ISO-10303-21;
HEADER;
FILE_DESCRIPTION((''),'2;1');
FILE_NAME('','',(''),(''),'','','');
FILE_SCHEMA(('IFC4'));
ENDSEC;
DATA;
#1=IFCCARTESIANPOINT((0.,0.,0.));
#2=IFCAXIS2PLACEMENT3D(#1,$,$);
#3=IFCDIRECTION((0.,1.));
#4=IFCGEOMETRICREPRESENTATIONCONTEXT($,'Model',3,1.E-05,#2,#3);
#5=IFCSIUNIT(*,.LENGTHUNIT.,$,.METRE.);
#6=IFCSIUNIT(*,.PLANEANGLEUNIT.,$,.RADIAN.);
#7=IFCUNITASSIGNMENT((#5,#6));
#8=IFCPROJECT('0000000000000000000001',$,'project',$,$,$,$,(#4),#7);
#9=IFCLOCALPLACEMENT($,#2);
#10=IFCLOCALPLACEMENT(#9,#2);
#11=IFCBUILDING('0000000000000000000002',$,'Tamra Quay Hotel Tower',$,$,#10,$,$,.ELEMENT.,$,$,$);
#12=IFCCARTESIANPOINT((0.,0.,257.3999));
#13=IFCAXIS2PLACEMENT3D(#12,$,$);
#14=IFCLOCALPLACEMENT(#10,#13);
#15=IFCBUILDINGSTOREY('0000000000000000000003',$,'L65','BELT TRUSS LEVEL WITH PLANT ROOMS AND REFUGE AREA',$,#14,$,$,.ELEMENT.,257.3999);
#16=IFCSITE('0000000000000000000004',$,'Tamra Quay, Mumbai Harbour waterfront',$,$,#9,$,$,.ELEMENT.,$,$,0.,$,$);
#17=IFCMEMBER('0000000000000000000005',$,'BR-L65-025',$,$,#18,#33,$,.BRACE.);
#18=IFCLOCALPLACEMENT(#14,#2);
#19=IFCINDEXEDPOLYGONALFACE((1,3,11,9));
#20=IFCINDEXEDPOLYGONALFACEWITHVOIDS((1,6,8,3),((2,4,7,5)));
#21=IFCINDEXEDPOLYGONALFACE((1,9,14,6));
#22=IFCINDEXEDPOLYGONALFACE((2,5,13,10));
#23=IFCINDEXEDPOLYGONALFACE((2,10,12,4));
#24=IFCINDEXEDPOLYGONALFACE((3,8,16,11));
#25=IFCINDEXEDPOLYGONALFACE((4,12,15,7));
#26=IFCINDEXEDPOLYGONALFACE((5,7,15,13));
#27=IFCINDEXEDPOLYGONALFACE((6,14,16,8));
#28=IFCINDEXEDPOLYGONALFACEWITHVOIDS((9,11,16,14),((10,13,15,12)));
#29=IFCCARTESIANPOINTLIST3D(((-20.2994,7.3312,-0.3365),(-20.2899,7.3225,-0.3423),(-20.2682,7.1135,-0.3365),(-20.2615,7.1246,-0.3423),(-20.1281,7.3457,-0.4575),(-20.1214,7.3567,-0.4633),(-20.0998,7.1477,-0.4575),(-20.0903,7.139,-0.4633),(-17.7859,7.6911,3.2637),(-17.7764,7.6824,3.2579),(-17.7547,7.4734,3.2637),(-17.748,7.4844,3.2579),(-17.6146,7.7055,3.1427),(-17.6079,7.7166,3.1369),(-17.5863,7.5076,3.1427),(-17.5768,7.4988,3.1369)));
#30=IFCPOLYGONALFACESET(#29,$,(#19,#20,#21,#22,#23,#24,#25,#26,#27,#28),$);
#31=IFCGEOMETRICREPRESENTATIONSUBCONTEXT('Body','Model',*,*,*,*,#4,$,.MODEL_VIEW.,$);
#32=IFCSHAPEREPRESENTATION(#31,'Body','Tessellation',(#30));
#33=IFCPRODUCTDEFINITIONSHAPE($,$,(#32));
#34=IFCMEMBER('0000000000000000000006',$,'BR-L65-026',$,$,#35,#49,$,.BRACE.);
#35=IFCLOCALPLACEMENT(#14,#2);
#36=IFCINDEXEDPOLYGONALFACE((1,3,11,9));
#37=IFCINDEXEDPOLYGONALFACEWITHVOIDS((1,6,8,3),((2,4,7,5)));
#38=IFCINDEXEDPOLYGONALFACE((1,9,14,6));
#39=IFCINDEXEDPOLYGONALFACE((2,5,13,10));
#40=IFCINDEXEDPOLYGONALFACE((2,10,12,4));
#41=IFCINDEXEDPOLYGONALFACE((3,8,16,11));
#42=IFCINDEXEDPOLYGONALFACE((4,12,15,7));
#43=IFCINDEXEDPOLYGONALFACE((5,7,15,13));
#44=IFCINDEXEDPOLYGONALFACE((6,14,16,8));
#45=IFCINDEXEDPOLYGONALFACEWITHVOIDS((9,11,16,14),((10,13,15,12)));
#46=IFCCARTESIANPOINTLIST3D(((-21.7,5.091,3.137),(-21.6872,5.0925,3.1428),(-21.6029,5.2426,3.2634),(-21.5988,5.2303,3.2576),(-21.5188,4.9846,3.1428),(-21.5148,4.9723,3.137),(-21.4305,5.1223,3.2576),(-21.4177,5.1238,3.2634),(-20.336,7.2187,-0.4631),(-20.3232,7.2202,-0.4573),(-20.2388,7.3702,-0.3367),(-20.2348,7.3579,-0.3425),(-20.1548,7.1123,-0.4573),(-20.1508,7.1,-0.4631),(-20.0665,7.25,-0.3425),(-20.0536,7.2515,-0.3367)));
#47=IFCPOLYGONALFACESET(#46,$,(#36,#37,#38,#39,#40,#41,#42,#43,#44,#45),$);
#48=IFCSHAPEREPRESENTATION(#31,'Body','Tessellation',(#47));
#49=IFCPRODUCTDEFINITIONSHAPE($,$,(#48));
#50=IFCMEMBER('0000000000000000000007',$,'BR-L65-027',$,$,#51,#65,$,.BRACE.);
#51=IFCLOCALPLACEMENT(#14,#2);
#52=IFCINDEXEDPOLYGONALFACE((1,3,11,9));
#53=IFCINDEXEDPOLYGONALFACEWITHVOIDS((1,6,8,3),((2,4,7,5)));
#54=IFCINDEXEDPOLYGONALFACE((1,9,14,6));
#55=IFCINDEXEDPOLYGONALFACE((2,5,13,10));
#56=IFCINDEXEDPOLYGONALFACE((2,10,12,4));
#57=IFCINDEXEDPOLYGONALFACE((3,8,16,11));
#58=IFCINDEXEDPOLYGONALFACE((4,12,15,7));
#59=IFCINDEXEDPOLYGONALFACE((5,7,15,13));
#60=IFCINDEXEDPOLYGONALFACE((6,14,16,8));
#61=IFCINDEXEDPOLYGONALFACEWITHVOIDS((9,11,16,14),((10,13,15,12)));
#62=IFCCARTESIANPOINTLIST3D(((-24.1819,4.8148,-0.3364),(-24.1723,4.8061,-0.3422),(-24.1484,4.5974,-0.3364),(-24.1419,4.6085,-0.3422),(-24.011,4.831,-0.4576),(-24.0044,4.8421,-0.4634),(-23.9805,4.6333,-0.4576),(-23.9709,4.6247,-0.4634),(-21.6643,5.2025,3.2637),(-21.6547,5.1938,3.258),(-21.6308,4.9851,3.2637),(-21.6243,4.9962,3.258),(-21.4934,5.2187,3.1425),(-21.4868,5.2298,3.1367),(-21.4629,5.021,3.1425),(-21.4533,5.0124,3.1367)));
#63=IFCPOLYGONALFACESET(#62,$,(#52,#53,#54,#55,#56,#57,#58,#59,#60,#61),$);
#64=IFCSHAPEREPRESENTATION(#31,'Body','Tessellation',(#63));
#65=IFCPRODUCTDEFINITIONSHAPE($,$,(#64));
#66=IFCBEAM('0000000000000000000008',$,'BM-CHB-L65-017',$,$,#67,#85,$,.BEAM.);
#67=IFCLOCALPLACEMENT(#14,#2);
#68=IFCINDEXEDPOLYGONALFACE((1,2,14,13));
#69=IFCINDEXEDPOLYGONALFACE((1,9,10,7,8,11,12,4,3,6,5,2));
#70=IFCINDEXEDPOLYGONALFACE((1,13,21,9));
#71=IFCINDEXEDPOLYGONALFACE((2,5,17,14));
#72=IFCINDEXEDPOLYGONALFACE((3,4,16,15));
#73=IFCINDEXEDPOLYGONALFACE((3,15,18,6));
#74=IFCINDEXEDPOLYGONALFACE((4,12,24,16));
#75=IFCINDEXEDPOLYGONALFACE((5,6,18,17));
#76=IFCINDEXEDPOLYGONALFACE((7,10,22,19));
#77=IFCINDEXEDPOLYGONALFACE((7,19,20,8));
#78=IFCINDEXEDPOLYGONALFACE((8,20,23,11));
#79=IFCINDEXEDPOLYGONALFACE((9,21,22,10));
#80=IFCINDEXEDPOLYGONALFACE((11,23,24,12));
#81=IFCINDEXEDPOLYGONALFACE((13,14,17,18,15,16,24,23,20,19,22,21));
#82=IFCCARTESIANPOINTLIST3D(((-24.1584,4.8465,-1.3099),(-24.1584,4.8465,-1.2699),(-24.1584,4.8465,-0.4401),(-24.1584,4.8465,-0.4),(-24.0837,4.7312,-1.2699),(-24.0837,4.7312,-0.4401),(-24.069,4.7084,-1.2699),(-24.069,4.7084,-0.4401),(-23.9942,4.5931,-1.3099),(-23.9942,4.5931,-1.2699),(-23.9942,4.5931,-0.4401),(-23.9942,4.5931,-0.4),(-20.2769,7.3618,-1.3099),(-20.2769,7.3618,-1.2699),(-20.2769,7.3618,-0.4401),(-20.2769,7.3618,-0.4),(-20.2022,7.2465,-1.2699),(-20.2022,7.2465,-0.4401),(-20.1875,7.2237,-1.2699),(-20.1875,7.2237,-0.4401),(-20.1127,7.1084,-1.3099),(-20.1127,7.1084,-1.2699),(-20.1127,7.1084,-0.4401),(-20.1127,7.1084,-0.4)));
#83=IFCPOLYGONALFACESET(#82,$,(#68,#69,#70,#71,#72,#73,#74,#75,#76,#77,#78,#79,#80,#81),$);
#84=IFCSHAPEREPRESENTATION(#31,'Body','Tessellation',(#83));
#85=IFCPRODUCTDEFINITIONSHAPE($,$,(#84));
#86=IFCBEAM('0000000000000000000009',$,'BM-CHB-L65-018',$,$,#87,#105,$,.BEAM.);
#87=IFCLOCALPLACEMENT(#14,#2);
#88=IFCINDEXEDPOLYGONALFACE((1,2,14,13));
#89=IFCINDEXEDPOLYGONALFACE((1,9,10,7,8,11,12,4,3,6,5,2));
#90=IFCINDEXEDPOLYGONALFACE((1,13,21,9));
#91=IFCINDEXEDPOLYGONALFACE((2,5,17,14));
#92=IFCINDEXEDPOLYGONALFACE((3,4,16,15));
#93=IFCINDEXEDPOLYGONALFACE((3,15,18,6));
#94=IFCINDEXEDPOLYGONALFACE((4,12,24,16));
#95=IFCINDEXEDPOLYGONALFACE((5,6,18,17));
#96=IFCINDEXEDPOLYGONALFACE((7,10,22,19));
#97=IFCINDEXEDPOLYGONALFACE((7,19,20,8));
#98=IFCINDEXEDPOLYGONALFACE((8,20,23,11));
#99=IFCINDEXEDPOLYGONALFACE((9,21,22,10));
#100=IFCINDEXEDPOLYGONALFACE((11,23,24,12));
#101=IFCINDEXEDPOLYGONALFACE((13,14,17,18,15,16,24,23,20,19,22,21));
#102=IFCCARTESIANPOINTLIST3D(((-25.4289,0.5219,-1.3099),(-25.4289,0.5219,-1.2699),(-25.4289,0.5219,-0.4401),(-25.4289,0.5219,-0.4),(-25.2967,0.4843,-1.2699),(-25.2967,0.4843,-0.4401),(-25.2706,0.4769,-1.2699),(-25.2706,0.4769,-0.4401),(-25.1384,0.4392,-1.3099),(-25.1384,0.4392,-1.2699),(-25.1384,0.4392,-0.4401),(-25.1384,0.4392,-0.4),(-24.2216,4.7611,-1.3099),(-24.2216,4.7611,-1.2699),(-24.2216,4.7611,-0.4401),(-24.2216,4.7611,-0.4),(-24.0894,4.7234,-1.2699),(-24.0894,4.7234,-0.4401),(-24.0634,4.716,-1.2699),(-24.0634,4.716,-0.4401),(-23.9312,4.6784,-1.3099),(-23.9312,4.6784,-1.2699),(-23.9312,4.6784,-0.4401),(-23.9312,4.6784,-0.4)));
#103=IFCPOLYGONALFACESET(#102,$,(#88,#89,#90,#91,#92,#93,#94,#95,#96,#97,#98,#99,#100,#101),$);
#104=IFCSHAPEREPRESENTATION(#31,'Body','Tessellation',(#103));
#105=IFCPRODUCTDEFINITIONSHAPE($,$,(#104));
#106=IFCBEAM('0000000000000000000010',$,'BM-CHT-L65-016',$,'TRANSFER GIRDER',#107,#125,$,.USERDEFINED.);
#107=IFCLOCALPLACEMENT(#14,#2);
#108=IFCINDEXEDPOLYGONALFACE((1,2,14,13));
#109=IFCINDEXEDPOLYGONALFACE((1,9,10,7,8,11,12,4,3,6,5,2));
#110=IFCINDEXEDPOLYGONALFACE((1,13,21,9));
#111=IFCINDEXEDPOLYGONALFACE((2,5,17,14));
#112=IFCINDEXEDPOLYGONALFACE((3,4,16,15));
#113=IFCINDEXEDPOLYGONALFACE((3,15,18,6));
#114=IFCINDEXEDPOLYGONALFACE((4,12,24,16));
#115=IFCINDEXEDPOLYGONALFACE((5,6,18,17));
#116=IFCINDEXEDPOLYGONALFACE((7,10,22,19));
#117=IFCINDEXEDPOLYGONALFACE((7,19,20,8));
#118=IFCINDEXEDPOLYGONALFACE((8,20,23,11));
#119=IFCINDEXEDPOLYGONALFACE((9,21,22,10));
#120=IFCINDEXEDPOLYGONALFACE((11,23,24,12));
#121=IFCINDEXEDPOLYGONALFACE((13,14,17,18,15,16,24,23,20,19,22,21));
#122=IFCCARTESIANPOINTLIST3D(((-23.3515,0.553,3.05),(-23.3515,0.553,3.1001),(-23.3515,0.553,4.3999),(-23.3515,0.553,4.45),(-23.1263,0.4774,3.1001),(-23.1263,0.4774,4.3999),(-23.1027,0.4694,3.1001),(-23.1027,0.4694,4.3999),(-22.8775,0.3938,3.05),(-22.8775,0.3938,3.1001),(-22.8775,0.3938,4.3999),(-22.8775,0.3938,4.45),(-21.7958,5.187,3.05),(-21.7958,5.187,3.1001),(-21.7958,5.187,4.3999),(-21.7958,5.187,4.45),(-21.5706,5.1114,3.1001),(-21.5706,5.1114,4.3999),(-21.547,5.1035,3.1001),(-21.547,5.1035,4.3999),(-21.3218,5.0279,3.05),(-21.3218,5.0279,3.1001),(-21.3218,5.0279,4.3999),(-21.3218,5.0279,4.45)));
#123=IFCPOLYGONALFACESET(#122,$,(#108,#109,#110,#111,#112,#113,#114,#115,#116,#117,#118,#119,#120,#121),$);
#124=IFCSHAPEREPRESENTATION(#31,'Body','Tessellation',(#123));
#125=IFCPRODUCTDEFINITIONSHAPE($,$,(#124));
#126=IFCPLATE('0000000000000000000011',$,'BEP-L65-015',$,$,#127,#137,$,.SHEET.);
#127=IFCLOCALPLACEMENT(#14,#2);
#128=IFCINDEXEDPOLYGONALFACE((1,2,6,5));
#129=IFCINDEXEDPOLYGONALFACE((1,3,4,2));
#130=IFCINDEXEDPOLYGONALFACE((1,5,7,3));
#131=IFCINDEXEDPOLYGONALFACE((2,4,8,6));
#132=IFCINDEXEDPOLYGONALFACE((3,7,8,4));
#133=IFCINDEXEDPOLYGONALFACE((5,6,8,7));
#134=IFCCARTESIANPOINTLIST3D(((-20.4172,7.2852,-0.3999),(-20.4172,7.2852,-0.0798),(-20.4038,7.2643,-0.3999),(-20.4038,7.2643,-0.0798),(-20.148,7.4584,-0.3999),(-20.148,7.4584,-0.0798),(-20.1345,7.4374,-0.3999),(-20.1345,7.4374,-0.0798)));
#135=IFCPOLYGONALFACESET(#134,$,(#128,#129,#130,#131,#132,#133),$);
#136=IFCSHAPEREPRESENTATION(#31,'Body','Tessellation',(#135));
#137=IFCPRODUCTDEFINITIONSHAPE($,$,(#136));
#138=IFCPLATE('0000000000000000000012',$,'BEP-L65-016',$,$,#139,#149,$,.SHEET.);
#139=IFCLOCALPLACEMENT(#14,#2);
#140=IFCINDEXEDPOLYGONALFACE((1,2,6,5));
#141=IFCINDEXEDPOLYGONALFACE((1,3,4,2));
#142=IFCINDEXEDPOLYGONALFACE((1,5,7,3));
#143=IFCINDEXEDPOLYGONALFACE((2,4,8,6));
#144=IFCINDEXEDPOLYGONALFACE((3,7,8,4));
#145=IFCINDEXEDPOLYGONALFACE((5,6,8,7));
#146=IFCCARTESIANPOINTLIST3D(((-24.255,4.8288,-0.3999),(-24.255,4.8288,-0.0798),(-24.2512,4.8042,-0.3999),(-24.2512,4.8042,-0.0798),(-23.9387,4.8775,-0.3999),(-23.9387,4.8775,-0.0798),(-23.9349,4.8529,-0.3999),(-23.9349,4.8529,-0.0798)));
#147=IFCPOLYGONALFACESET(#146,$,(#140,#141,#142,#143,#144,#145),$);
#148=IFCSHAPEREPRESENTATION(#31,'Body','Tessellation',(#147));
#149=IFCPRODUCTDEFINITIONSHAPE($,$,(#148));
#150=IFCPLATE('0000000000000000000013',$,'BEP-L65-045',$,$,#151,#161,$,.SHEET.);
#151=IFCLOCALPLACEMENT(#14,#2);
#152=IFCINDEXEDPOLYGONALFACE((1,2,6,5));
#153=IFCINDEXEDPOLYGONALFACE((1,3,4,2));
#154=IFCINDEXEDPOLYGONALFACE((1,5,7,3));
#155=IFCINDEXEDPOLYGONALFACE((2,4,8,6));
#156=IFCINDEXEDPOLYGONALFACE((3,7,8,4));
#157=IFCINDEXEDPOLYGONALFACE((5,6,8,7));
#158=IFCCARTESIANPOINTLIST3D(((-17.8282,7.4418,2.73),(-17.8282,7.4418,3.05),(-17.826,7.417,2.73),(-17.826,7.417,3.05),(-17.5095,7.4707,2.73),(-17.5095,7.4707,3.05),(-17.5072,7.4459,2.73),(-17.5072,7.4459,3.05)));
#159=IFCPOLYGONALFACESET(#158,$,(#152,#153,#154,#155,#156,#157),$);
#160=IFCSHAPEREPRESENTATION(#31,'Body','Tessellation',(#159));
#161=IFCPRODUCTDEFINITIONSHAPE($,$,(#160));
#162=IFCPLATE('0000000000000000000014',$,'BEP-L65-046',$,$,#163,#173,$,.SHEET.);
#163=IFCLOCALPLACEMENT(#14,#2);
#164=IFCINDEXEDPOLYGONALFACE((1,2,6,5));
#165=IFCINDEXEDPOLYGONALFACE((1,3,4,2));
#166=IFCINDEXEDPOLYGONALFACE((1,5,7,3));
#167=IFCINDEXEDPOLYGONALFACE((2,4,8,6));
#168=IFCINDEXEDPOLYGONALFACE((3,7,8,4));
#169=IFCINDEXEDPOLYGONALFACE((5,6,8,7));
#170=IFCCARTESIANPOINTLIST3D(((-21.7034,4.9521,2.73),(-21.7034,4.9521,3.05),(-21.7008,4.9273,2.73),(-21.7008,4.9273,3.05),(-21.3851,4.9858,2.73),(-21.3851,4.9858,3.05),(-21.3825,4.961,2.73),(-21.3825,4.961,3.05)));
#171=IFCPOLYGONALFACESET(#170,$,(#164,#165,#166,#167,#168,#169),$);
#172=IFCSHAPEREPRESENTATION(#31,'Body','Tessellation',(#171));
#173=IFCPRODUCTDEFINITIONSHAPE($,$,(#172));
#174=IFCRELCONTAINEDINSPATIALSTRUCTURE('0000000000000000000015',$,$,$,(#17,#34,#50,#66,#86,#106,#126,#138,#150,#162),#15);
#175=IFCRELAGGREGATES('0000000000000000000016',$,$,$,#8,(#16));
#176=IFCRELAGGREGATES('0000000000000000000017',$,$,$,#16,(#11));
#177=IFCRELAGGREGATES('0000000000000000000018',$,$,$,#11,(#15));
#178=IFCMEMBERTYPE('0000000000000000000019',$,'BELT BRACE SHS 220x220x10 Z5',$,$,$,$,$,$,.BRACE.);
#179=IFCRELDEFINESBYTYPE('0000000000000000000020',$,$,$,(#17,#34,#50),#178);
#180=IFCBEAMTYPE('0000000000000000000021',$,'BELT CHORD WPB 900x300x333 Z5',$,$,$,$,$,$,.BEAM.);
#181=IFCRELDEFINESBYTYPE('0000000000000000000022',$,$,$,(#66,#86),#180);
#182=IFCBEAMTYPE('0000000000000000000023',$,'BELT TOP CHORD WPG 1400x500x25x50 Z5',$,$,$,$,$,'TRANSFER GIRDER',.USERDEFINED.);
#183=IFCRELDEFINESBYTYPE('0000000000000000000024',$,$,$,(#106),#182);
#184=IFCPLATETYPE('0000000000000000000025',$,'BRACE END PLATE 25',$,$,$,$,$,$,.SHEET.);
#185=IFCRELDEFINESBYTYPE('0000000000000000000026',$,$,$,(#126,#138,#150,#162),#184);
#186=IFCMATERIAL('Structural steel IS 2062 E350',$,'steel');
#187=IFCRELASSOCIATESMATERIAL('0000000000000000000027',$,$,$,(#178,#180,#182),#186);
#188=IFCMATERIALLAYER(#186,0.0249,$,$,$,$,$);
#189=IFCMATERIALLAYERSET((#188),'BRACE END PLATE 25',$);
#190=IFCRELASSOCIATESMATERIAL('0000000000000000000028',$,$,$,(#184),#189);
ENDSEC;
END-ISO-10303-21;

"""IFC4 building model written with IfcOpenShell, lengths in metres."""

from ifc_helpers import new_model, si_unit, direction, frame, origin, origin_2d, place, context, subcontext, project, spatial, rectangle, hollow_rectangle, i_section, extrude, material, layer, layer_set, material_profile, profile_set, type_object, element, save


model = new_model("IFC4")

# Units and contexts
model_context = context("Model", 3, precision=1e-05, world=origin(), true_north=direction((0.0, 1.0)))
body_context = subcontext(model_context, "Body", "Model", "MODEL_VIEW")
ifc_project = project(units=[si_unit("LENGTHUNIT", "METRE"), si_unit("PLANEANGLEUNIT", "RADIAN")], contexts=[model_context])

# Site, building, storey
site_placement = place(None, origin())
site = spatial("IfcSite", under=ifc_project, at=site_placement, Name="Tamra Quay, Mumbai Harbour waterfront", CompositionType="ELEMENT", RefElevation=0.0)
building_placement = place(site_placement, origin())
building = spatial("IfcBuilding", under=site, at=building_placement, Name="Tamra Quay Hotel Tower", CompositionType="ELEMENT")
storey_placement = place(building_placement, frame((0.0, 0.0, 257.3999)))
storey = spatial("IfcBuildingStorey", under=building, at=storey_placement, Name="L65", Description="BELT TRUSS LEVEL WITH PLANT ROOMS AND REFUGE AREA", CompositionType="ELEMENT", Elevation=257.3999)

# Members
ifc_material_1 = material(Name="Structural steel IS 2062 E350", Category="steel")
ifc_material_profile_1 = material_profile(ifc_material_1, hollow_rectangle(XDim=0.22, YDim=0.22, WallThickness=0.01, at=origin_2d()), Name="SHS 220x220x10")
ifc_profile_set_1 = profile_set([ifc_material_profile_1], Name="Structural steel IS 2062 E350")
member_type = type_object("IfcMemberType", Name="BELT BRACE SHS 220x220x10 Z5", PredefinedType="BRACE", material=ifc_profile_set_1)
member_1_placement = place(storey_placement, frame((-20.1948, 7.2351, -0.3999), z_axis=(0.570534, 0.081687, 0.817202), x_axis=(-0.141731, 0.989905, 0.0)))
element("IfcMember", 1, at=member_1_placement, inside=storey, type_object=member_type, Name="BR-L65-025", PredefinedType="BRACE", context=body_context, shape_type="SweptSolid", body=[
    extrude(hollow_rectangle(XDim=0.22, YDim=0.22, WallThickness=0.01, at=origin_2d()), origin(), (0.0, 0.0, 1.0), 4.4055),
])
member_2_placement = place(storey_placement, frame((-20.1948, 7.2351, -0.3999), z_axis=(-0.310097, -0.483711, 0.818452), x_axis=(0.841859, -0.539698, 0.0)))
element("IfcMember", 2, at=member_2_placement, inside=storey, type_object=member_type, Name="BR-L65-026", PredefinedType="BRACE", context=body_context, shape_type="SweptSolid", body=[
    extrude(hollow_rectangle(XDim=0.22, YDim=0.22, WallThickness=0.01, at=origin_2d()), origin(), (0.0, 0.0, 1.0), 4.3987),
])
member_3_placement = place(storey_placement, frame((-24.0764, 4.7197, -0.3999), z_axis=(0.570863, 0.08791, 0.816325), x_axis=(-0.152201, 0.98835, 0.0)))
element("IfcMember", 3, at=member_3_placement, inside=storey, type_object=member_type, Name="BR-L65-027", PredefinedType="BRACE", context=body_context, shape_type="SweptSolid", body=[
    extrude(hollow_rectangle(XDim=0.22, YDim=0.22, WallThickness=0.01, at=origin_2d()), origin(), (0.0, 0.0, 1.0), 4.4102),
])

# Beams
ifc_material_profile_2 = material_profile(ifc_material_1, i_section(OverallWidth=0.302, OverallDepth=0.9099, WebThickness=0.0271, FlangeThickness=0.04, at=origin_2d()), Name="WPB 900x300x333")
ifc_profile_set_2 = profile_set([ifc_material_profile_2], Name="Structural steel IS 2062 E350")
beam_type_1 = type_object("IfcBeamType", Name="BELT CHORD WPB 900x300x333 Z5", PredefinedType="BEAM", material=ifc_profile_set_2)
beam_1_placement = place(storey_placement, frame((-20.1948, 7.2351, -0.855), z_axis=(-0.839199, -0.543825, 0.0), x_axis=(0.543825, -0.839199, 0.0)))
element("IfcBeam", 4, at=beam_1_placement, inside=storey, type_object=beam_type_1, Name="BM-CHB-L65-017", PredefinedType="BEAM", context=body_context, shape_type="SweptSolid", body=[
    extrude(i_section(OverallWidth=0.302, OverallDepth=0.9099, WebThickness=0.0271, FlangeThickness=0.04, at=origin_2d()), origin(), (0.0, 0.0, 1.0), 4.6252),
])
beam_2_placement = place(storey_placement, frame((-24.0764, 4.7197, -0.855), z_axis=(-0.273894, -0.96176, 0.0), x_axis=(0.96176, -0.273894, 0.0)))
element("IfcBeam", 5, at=beam_2_placement, inside=storey, type_object=beam_type_1, Name="BM-CHB-L65-018", PredefinedType="BEAM", context=body_context, shape_type="SweptSolid", body=[
    extrude(i_section(OverallWidth=0.302, OverallDepth=0.9099, WebThickness=0.0271, FlangeThickness=0.04, at=origin_2d()), origin(), (0.0, 0.0, 1.0), 4.4077),
])
ifc_material_profile_3 = material_profile(ifc_material_1, i_section(OverallWidth=0.5, OverallDepth=1.3999, WebThickness=0.0249, FlangeThickness=0.05, at=origin_2d()), Name="WPG 1400x500x25x50")
ifc_profile_set_3 = profile_set([ifc_material_profile_3], Name="Structural steel IS 2062 E350")
beam_type_2 = type_object("IfcBeamType", Name="BELT TOP CHORD WPG 1400x500x25x50 Z5", ElementType="TRANSFER GIRDER", PredefinedType="USERDEFINED", material=ifc_profile_set_3)
beam_3_placement = place(storey_placement, frame((-21.5588, 5.1074, 3.75), z_axis=(-0.31825, -0.948007, 0.0), x_axis=(0.948007, -0.31825, 0.0)))
element("IfcBeam", 6, at=beam_3_placement, inside=storey, type_object=beam_type_2, Name="BM-CHT-L65-016", ObjectType="TRANSFER GIRDER", PredefinedType="USERDEFINED", context=body_context, shape_type="SweptSolid", body=[
    extrude(i_section(OverallWidth=0.5, OverallDepth=1.3999, WebThickness=0.0249, FlangeThickness=0.05, at=origin_2d()), origin(), (0.0, 0.0, 1.0), 4.8882),
])

# Plates
ifc_layer_1 = layer(ifc_material_1, 0.0249)
ifc_layer_set_1 = layer_set([ifc_layer_1], Name="BRACE END PLATE 25")
plate_type = type_object("IfcPlateType", Name="BRACE END PLATE 25", PredefinedType="SHEET", material=ifc_layer_set_1)
for number, where, z_axis, x_axis, name in (
    (7, (-20.2759, 7.3613, -0.3999), (0.0, 0.0, 1.0), (-0.540864, 0.84111, 0.0), "BEP-L65-015"),
    (8, (-24.095, 4.8408, -0.3999), (0.0, 0.0, 1.0), (-0.15217, 0.988354, 0.0), "BEP-L65-016"),
    (9, (-17.6677, 7.4438, 2.73), (0.0, 0.0, 1.0), (-0.090214, 0.995922, 0.0), "BEP-L65-045"),
    (10, (-21.543, 4.9565, 2.73), (0.0, 0.0, 1.0), (-0.105315, 0.994439, 0.0), "BEP-L65-046"),
):
    element("IfcPlate", number, at=place(storey_placement, frame(where, z_axis=z_axis, x_axis=x_axis)), inside=storey, type_object=plate_type, Name=name, PredefinedType="SHEET", context=body_context, shape_type="SweptSolid", body=[
        extrude(rectangle(XDim=0.0249, YDim=0.3201, at=origin_2d()), origin(), (0.0, 0.0, 1.0), 0.3201),
    ])

save(model, "model.ifc")
